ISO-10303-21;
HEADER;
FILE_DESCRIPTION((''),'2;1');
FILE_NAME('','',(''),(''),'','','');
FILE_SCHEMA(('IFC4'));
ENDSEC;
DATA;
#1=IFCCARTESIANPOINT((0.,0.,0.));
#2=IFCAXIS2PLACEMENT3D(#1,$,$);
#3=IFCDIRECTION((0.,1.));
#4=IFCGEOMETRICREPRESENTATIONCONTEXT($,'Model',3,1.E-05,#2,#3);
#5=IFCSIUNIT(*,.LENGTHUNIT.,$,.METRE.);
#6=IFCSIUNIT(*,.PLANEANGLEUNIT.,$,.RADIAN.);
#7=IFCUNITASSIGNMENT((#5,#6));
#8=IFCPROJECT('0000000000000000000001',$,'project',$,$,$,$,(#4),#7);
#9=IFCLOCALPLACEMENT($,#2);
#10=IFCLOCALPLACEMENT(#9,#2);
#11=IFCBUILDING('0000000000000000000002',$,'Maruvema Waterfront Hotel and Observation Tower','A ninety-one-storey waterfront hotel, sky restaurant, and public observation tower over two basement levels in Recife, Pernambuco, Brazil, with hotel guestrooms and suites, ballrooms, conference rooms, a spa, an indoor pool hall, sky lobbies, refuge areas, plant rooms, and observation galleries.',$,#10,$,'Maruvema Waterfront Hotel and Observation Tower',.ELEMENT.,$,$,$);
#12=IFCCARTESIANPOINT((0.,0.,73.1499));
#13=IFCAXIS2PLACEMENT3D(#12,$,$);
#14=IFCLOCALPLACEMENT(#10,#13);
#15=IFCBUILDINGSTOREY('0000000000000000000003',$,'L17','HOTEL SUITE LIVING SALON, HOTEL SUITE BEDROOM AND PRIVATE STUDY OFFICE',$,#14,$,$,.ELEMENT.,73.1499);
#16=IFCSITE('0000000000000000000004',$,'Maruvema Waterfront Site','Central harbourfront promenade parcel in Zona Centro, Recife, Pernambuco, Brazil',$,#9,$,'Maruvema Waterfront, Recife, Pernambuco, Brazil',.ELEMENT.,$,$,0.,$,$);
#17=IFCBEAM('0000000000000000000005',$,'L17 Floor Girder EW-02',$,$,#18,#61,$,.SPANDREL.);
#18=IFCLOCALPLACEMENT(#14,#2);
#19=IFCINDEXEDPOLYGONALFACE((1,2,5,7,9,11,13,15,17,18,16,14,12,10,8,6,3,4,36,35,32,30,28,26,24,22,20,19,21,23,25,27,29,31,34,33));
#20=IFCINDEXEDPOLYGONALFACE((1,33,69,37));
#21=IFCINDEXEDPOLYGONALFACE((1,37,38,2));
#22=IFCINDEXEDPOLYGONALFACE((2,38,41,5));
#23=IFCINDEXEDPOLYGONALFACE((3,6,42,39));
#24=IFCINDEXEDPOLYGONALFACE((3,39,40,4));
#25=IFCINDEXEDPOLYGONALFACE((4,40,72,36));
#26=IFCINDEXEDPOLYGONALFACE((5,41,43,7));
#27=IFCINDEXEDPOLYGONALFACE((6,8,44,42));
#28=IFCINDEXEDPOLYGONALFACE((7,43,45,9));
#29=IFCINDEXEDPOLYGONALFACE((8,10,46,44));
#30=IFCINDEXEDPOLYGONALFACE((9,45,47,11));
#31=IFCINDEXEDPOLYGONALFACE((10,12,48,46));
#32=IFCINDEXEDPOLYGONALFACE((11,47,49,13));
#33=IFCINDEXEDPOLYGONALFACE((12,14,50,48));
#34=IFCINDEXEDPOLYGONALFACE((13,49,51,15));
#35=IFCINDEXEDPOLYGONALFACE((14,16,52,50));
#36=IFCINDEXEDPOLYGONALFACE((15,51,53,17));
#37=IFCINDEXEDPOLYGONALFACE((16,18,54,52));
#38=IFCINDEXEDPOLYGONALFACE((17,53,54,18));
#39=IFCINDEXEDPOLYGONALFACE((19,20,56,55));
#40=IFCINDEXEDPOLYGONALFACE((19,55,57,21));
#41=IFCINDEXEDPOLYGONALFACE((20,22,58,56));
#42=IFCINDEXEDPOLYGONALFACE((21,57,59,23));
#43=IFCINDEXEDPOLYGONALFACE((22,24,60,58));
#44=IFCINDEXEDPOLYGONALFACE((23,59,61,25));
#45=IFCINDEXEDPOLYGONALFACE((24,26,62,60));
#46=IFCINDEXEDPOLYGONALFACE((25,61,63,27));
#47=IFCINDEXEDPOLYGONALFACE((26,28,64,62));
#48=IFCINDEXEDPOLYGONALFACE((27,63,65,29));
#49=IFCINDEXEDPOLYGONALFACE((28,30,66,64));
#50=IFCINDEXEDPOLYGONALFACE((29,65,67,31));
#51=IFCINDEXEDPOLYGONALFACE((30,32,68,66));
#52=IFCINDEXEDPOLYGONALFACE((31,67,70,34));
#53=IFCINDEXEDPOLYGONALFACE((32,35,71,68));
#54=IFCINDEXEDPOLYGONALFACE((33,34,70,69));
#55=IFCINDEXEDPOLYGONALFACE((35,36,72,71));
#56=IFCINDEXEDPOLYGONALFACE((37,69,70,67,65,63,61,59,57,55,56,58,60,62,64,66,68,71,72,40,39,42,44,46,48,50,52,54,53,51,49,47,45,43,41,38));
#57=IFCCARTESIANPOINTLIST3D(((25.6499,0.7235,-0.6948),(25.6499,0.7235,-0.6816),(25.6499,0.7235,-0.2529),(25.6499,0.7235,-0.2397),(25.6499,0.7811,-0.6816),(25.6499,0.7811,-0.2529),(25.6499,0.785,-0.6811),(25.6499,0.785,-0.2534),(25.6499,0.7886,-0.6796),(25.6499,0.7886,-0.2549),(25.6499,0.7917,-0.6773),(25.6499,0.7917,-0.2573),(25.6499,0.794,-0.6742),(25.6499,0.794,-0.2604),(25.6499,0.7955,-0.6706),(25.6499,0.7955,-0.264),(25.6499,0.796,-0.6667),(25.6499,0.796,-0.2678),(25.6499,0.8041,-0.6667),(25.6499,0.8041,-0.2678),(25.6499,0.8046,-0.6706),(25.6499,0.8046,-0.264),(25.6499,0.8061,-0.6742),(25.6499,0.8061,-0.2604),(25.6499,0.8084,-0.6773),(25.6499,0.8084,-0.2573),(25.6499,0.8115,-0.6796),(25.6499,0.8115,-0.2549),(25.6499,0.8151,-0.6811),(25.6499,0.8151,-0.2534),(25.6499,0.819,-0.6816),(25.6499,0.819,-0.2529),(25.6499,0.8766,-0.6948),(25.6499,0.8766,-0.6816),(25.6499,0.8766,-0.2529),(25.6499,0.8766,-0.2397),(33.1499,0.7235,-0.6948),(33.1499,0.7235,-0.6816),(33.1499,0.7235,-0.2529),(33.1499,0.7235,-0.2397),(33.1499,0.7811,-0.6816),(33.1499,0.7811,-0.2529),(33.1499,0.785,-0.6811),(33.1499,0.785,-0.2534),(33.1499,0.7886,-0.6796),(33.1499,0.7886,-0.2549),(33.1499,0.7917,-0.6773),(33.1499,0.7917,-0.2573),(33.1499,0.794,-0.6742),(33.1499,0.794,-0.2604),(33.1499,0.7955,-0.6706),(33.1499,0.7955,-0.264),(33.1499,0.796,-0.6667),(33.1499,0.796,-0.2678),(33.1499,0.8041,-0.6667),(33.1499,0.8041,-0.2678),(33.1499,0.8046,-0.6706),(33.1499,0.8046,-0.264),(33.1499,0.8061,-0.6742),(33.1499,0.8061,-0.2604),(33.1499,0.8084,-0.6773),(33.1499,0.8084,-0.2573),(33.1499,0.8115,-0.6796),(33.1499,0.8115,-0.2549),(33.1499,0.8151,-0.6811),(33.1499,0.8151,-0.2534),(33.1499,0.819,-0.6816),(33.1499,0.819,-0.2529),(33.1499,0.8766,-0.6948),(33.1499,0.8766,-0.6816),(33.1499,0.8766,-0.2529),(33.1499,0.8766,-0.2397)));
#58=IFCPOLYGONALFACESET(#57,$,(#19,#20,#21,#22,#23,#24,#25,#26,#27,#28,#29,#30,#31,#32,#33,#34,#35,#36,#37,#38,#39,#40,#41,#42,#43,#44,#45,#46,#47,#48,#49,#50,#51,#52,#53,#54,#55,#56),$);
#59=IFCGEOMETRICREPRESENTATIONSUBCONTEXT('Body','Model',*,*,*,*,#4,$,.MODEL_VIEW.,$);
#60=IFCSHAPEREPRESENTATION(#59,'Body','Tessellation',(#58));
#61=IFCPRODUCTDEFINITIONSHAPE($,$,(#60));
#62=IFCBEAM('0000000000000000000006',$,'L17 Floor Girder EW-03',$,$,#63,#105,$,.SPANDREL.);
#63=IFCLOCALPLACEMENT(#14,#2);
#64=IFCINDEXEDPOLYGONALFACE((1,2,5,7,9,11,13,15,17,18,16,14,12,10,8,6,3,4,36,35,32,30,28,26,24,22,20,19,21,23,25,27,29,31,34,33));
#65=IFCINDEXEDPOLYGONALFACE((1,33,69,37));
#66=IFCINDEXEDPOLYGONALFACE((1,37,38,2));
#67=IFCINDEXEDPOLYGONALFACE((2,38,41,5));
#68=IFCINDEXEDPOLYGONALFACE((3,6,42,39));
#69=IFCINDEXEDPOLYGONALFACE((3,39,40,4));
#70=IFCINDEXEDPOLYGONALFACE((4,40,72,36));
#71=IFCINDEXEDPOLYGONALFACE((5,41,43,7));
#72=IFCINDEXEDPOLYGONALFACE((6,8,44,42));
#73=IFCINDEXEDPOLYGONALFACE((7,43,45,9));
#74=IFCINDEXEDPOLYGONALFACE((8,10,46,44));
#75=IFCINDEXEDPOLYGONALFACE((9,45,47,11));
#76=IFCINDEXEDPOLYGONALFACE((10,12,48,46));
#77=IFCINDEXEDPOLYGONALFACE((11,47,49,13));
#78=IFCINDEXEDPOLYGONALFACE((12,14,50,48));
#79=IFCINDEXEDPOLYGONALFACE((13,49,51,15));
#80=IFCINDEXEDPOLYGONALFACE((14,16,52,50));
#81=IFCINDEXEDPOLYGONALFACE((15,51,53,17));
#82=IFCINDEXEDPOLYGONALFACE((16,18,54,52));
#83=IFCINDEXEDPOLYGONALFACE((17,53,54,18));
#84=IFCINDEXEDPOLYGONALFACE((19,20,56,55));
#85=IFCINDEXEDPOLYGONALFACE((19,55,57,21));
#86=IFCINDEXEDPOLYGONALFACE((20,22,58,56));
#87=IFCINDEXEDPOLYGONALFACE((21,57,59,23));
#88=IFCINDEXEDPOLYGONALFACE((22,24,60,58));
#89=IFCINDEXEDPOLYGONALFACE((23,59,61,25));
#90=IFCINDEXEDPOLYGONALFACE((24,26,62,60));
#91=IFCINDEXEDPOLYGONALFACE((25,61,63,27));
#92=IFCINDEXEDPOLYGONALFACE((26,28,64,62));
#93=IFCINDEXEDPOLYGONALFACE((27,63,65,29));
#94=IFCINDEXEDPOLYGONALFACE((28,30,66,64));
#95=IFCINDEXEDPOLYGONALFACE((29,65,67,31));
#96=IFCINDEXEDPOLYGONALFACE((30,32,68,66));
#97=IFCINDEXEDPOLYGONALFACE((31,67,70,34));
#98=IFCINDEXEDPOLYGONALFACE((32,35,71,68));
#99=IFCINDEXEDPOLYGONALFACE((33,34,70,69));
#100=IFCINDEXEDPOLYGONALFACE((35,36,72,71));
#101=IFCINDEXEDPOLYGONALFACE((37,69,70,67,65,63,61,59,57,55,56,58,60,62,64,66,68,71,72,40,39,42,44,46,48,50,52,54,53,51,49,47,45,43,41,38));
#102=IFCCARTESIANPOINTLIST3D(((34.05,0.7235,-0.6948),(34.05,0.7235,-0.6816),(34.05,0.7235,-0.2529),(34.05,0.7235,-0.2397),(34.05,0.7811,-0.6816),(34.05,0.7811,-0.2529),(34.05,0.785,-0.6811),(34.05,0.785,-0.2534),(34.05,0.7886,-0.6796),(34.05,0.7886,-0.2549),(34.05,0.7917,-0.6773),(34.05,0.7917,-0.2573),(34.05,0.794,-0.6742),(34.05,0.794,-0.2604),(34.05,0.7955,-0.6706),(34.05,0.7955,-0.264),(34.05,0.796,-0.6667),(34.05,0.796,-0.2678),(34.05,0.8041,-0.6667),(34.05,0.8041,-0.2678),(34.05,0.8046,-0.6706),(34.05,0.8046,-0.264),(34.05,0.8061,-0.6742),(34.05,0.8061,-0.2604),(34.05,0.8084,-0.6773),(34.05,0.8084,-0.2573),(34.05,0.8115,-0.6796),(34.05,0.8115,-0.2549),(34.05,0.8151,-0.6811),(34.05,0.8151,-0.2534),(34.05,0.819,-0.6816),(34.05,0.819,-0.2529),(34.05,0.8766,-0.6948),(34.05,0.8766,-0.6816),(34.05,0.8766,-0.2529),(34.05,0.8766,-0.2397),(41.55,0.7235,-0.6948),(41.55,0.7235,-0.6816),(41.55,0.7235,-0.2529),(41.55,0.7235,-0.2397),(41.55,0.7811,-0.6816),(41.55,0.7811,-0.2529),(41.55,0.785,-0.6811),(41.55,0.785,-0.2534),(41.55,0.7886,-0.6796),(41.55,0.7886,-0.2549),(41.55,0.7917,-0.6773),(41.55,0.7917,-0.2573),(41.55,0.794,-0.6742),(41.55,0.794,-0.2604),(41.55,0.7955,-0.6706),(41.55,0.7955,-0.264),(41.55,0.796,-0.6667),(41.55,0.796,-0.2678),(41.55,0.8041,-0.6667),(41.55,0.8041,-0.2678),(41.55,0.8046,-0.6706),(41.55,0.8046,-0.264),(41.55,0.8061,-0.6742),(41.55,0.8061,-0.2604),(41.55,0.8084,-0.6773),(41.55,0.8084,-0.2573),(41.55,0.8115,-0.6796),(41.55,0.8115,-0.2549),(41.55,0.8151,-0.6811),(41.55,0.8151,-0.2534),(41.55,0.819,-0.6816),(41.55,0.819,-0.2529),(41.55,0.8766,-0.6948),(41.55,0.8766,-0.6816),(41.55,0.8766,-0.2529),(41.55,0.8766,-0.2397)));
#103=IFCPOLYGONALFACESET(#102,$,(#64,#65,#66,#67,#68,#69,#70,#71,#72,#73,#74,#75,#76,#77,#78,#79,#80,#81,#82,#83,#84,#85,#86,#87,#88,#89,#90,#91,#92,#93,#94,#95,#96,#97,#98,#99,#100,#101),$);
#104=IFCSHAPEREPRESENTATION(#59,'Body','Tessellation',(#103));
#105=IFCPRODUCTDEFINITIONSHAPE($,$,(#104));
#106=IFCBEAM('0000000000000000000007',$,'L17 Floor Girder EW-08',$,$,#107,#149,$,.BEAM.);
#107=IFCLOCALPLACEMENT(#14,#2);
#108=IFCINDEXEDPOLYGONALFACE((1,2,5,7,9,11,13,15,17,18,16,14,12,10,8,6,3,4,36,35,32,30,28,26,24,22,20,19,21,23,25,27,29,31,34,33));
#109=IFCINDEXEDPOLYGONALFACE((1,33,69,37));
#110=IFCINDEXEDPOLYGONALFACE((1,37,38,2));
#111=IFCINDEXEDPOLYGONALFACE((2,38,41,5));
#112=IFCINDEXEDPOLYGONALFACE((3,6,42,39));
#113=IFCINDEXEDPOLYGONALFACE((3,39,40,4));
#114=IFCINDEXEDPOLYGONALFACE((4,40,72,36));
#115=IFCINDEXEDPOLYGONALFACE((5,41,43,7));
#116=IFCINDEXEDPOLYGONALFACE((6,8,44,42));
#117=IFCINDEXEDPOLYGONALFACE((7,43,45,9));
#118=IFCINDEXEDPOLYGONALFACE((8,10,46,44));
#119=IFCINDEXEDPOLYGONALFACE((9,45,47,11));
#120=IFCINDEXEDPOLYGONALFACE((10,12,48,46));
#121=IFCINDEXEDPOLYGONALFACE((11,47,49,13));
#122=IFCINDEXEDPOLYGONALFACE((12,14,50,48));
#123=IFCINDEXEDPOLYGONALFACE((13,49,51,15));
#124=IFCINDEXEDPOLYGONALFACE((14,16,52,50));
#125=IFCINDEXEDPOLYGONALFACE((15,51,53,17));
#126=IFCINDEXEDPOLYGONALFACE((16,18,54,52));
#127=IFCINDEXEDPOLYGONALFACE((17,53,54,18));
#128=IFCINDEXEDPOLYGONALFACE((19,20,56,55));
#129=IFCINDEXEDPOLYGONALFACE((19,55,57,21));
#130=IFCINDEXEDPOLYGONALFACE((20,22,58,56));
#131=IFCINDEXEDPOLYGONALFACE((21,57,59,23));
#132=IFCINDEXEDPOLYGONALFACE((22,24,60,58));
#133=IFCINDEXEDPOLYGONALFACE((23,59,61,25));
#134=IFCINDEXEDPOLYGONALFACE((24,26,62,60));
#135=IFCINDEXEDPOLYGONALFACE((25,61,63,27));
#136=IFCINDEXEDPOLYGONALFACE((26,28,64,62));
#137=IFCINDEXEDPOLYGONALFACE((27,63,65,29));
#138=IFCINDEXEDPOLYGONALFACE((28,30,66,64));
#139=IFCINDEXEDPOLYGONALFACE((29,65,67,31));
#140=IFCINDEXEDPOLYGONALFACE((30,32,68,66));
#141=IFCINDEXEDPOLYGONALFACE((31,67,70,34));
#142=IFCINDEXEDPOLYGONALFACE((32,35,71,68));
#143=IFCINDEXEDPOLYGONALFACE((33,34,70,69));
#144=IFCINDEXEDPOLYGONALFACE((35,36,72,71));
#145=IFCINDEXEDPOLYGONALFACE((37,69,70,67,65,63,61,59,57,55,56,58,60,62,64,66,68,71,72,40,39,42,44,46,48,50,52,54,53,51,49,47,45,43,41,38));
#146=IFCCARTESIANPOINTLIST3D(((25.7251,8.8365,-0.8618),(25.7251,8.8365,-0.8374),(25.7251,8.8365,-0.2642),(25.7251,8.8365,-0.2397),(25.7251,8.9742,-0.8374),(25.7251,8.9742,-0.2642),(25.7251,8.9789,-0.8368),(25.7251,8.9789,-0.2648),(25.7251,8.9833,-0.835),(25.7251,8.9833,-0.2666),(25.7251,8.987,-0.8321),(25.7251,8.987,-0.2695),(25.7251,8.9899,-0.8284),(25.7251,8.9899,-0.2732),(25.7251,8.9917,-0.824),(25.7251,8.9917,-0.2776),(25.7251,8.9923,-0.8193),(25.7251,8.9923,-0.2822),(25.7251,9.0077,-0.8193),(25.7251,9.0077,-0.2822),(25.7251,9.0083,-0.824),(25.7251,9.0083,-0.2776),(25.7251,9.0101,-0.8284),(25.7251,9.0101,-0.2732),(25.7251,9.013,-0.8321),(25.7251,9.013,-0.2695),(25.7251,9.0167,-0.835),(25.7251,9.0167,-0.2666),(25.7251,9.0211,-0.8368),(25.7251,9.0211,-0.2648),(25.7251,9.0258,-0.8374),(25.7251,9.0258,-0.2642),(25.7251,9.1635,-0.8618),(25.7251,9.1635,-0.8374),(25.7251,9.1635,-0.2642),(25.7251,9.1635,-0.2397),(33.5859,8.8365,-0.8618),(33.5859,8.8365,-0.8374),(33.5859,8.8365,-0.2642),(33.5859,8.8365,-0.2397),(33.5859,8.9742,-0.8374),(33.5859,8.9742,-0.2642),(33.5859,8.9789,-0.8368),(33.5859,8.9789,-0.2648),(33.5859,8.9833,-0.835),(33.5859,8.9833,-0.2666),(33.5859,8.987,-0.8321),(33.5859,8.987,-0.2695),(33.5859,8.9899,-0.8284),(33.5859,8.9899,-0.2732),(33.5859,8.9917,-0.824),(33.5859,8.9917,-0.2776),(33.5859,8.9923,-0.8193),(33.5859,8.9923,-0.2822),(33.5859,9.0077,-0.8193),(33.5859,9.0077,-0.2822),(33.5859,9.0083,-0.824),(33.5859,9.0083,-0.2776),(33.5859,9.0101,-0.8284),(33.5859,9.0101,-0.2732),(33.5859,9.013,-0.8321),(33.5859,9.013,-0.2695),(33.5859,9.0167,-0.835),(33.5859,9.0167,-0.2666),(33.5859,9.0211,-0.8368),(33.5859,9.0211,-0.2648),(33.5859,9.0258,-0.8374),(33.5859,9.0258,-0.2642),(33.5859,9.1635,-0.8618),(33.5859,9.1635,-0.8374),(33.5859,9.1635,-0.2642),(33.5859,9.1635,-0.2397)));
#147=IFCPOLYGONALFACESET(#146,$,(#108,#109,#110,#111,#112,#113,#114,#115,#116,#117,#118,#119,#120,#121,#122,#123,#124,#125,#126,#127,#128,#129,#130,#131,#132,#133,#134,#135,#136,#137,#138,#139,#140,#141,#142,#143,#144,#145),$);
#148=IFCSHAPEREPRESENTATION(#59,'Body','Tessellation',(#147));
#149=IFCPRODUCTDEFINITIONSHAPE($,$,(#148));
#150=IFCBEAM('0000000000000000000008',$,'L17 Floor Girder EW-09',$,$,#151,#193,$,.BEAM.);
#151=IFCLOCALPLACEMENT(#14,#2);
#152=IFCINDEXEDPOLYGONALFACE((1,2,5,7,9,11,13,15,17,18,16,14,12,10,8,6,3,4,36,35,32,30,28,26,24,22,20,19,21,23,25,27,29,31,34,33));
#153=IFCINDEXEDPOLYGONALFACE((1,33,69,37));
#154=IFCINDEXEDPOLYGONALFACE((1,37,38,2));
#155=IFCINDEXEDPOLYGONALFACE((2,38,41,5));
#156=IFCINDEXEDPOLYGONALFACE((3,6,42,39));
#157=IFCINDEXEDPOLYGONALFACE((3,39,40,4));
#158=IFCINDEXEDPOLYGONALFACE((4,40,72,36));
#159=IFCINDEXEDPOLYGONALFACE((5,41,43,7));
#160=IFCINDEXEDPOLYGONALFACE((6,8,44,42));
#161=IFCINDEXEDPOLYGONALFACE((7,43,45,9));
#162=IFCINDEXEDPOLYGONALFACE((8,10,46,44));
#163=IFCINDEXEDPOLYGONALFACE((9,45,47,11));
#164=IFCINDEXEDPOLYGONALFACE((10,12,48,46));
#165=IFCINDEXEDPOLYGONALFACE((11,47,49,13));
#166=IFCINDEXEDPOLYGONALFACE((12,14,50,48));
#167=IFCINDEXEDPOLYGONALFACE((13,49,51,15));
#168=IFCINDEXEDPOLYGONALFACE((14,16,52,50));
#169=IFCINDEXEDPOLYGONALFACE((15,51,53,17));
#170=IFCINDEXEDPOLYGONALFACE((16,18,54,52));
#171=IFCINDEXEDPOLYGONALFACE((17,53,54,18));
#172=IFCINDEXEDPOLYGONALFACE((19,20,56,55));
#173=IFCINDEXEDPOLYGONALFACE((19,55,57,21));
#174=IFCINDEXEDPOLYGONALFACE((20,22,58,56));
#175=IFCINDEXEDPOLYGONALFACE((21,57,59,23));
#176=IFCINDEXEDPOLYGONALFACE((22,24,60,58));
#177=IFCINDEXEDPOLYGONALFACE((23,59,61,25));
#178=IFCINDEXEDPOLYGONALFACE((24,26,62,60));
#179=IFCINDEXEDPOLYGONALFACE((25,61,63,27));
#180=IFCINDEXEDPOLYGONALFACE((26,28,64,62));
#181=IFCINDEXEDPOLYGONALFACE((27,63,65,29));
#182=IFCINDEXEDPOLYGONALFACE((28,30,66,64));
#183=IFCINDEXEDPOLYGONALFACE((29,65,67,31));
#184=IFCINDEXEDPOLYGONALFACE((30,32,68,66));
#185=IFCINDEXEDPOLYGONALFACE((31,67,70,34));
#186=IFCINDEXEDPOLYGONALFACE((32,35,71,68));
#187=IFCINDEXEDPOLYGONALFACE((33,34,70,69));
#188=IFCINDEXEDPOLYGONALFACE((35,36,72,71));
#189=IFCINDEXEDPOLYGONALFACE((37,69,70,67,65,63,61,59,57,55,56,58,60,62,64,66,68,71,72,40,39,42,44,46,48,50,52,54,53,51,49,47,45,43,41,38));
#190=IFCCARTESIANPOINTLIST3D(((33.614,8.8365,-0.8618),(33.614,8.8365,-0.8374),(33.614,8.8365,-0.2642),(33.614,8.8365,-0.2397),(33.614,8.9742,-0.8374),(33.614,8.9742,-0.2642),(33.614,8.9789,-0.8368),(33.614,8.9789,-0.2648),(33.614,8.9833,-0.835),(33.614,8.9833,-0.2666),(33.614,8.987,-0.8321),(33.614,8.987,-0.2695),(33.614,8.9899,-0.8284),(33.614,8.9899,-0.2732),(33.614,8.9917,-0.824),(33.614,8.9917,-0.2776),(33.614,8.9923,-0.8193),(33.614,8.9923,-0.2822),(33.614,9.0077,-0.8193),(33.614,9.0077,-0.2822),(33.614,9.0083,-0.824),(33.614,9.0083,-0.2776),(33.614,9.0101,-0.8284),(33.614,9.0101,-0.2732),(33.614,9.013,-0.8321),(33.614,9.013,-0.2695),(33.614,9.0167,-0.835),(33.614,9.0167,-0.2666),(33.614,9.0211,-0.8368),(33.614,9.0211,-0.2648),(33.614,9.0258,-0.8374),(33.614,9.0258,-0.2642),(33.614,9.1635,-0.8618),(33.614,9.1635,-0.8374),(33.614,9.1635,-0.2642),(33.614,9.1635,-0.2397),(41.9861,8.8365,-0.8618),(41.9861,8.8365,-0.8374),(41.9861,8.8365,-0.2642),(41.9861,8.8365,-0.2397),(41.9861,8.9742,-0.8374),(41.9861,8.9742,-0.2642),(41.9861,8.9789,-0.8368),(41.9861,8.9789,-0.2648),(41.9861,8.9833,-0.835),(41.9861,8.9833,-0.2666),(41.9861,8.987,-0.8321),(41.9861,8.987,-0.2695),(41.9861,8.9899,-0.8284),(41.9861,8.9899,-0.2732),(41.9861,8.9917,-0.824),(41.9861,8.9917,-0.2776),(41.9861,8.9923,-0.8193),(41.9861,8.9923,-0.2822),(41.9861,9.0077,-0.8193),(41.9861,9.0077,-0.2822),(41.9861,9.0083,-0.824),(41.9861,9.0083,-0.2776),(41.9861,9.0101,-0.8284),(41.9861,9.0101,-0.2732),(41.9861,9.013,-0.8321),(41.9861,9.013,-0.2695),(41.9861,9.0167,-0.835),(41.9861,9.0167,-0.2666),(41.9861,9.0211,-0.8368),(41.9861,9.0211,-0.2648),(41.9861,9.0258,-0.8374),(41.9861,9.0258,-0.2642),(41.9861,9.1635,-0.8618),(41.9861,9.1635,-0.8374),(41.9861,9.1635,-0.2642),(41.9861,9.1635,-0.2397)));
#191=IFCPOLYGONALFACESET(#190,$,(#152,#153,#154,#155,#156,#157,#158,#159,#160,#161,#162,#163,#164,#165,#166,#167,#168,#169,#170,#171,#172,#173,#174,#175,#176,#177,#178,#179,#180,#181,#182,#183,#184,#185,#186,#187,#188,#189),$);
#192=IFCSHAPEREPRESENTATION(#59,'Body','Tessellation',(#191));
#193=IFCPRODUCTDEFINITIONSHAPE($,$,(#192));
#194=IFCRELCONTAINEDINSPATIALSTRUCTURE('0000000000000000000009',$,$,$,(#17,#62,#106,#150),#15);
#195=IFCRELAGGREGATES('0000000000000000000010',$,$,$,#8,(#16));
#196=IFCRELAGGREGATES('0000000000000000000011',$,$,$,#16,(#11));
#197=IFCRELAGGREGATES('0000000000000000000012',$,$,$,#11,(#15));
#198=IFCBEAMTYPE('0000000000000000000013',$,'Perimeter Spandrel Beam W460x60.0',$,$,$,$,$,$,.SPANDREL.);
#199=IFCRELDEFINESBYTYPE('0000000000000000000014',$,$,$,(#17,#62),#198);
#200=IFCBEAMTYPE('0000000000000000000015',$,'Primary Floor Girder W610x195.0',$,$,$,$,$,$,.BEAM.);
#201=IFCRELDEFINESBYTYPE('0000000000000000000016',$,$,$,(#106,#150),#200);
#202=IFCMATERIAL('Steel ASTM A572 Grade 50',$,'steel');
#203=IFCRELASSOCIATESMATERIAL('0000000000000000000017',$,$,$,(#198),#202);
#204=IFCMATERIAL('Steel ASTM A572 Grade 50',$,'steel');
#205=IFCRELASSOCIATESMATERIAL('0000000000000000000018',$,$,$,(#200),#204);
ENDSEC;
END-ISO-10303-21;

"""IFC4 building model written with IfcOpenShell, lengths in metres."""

from ifc_helpers import new_model, si_unit, direction, frame, origin, origin_2d, place, context, subcontext, project, spatial, i_section, extrude, material, material_profile, profile_set, type_object, element, save


model = new_model("IFC4")

# Units and contexts
model_context = context("Model", 3, precision=1e-05, world=origin(), true_north=direction((0.0, 1.0)))
body_context = subcontext(model_context, "Body", "Model", "MODEL_VIEW")
ifc_project = project(units=[si_unit("LENGTHUNIT", "METRE"), si_unit("PLANEANGLEUNIT", "RADIAN")], contexts=[model_context])

# Site, building, storey
site_placement = place(None, origin())
site = spatial("IfcSite", under=ifc_project, at=site_placement, Name="Maruvema Waterfront Site", Description="Central harbourfront promenade parcel in Zona Centro, Recife, Pernambuco, Brazil", LongName="Maruvema Waterfront, Recife, Pernambuco, Brazil", CompositionType="ELEMENT", RefElevation=0.0)
building_placement = place(site_placement, origin())
building = spatial("IfcBuilding", under=site, at=building_placement, Name="Maruvema Waterfront Hotel and Observation Tower", Description="A ninety-one-storey waterfront hotel, sky restaurant, and public observation tower over two basement levels in Recife, Pernambuco, Brazil, with hotel guestrooms and suites, ballrooms, conference rooms, a spa, an indoor pool hall, sky lobbies, refuge areas, plant rooms, and observation galleries.", LongName="Maruvema Waterfront Hotel and Observation Tower", CompositionType="ELEMENT")
storey_placement = place(building_placement, frame((0.0, 0.0, 73.1499)))
storey = spatial("IfcBuildingStorey", under=building, at=storey_placement, Name="L17", Description="HOTEL SUITE LIVING SALON, HOTEL SUITE BEDROOM AND PRIVATE STUDY OFFICE", CompositionType="ELEMENT", Elevation=73.1499)

# Beams
ifc_material_1 = material(Name="Steel ASTM A572 Grade 50", Category="steel")
ifc_material_profile_1 = material_profile(ifc_material_1, i_section(OverallWidth=0.1531, OverallDepth=0.4551, WebThickness=0.0081, FlangeThickness=0.0132, FilletRadius=0.0149, at=origin_2d()), Name="W460x60.0")
ifc_profile_set_1 = profile_set([ifc_material_profile_1], Name="Steel ASTM A572 Grade 50")
beam_type_1 = type_object("IfcBeamType", Name="Perimeter Spandrel Beam W460x60.0", PredefinedType="SPANDREL", material=ifc_profile_set_1)
for number, where, z_axis, x_axis, name in (
    (1, (25.6499, 0.8, -0.4673), (1.0, 0.0, 0.0), (0.0, 1.0, 0.0), "L17 Floor Girder EW-02"),
    (2, (34.05, 0.8, -0.4673), (1.0, 0.0, 0.0), (0.0, 1.0, 0.0), "L17 Floor Girder EW-03"),
):
    element("IfcBeam", number, at=place(storey_placement, frame(where, z_axis=z_axis, x_axis=x_axis)), inside=storey, type_object=beam_type_1, Name=name, PredefinedType="SPANDREL", context=body_context, shape_type="SweptSolid", body=[
        extrude(i_section(OverallWidth=0.1531, OverallDepth=0.4551, WebThickness=0.0081, FlangeThickness=0.0132, FilletRadius=0.0149, at=origin_2d()), origin(), (0.0, 0.0, 1.0), 7.5),
    ])
ifc_material_2 = material(Name="Steel ASTM A572 Grade 50", Category="steel")
ifc_material_profile_2 = material_profile(ifc_material_2, i_section(OverallWidth=0.3269, OverallDepth=0.6221, WebThickness=0.0154, FlangeThickness=0.0244, FilletRadius=0.0181, at=origin_2d()), Name="W610x195.0")
ifc_profile_set_2 = profile_set([ifc_material_profile_2], Name="Steel ASTM A572 Grade 50")
beam_type_2 = type_object("IfcBeamType", Name="Primary Floor Girder W610x195.0", PredefinedType="BEAM", material=ifc_profile_set_2)
beam_1_placement = place(storey_placement, frame((25.7251, 9.0, -0.5508), z_axis=(1.0, 0.0, 0.0), x_axis=(0.0, 1.0, 0.0)))
element("IfcBeam", 3, at=beam_1_placement, inside=storey, type_object=beam_type_2, Name="L17 Floor Girder EW-08", PredefinedType="BEAM", context=body_context, shape_type="SweptSolid", body=[
    extrude(i_section(OverallWidth=0.3269, OverallDepth=0.6221, WebThickness=0.0154, FlangeThickness=0.0244, FilletRadius=0.0181, at=origin_2d()), origin(), (0.0, 0.0, 1.0), 7.8608),
])
beam_2_placement = place(storey_placement, frame((33.614, 9.0, -0.5508), z_axis=(1.0, 0.0, 0.0), x_axis=(0.0, 1.0, 0.0)))
element("IfcBeam", 4, at=beam_2_placement, inside=storey, type_object=beam_type_2, Name="L17 Floor Girder EW-09", PredefinedType="BEAM", context=body_context, shape_type="SweptSolid", body=[
    extrude(i_section(OverallWidth=0.3269, OverallDepth=0.6221, WebThickness=0.0154, FlangeThickness=0.0244, FilletRadius=0.0181, at=origin_2d()), origin(), (0.0, 0.0, 1.0), 8.3721),
])

save(model, "model.ifc")
